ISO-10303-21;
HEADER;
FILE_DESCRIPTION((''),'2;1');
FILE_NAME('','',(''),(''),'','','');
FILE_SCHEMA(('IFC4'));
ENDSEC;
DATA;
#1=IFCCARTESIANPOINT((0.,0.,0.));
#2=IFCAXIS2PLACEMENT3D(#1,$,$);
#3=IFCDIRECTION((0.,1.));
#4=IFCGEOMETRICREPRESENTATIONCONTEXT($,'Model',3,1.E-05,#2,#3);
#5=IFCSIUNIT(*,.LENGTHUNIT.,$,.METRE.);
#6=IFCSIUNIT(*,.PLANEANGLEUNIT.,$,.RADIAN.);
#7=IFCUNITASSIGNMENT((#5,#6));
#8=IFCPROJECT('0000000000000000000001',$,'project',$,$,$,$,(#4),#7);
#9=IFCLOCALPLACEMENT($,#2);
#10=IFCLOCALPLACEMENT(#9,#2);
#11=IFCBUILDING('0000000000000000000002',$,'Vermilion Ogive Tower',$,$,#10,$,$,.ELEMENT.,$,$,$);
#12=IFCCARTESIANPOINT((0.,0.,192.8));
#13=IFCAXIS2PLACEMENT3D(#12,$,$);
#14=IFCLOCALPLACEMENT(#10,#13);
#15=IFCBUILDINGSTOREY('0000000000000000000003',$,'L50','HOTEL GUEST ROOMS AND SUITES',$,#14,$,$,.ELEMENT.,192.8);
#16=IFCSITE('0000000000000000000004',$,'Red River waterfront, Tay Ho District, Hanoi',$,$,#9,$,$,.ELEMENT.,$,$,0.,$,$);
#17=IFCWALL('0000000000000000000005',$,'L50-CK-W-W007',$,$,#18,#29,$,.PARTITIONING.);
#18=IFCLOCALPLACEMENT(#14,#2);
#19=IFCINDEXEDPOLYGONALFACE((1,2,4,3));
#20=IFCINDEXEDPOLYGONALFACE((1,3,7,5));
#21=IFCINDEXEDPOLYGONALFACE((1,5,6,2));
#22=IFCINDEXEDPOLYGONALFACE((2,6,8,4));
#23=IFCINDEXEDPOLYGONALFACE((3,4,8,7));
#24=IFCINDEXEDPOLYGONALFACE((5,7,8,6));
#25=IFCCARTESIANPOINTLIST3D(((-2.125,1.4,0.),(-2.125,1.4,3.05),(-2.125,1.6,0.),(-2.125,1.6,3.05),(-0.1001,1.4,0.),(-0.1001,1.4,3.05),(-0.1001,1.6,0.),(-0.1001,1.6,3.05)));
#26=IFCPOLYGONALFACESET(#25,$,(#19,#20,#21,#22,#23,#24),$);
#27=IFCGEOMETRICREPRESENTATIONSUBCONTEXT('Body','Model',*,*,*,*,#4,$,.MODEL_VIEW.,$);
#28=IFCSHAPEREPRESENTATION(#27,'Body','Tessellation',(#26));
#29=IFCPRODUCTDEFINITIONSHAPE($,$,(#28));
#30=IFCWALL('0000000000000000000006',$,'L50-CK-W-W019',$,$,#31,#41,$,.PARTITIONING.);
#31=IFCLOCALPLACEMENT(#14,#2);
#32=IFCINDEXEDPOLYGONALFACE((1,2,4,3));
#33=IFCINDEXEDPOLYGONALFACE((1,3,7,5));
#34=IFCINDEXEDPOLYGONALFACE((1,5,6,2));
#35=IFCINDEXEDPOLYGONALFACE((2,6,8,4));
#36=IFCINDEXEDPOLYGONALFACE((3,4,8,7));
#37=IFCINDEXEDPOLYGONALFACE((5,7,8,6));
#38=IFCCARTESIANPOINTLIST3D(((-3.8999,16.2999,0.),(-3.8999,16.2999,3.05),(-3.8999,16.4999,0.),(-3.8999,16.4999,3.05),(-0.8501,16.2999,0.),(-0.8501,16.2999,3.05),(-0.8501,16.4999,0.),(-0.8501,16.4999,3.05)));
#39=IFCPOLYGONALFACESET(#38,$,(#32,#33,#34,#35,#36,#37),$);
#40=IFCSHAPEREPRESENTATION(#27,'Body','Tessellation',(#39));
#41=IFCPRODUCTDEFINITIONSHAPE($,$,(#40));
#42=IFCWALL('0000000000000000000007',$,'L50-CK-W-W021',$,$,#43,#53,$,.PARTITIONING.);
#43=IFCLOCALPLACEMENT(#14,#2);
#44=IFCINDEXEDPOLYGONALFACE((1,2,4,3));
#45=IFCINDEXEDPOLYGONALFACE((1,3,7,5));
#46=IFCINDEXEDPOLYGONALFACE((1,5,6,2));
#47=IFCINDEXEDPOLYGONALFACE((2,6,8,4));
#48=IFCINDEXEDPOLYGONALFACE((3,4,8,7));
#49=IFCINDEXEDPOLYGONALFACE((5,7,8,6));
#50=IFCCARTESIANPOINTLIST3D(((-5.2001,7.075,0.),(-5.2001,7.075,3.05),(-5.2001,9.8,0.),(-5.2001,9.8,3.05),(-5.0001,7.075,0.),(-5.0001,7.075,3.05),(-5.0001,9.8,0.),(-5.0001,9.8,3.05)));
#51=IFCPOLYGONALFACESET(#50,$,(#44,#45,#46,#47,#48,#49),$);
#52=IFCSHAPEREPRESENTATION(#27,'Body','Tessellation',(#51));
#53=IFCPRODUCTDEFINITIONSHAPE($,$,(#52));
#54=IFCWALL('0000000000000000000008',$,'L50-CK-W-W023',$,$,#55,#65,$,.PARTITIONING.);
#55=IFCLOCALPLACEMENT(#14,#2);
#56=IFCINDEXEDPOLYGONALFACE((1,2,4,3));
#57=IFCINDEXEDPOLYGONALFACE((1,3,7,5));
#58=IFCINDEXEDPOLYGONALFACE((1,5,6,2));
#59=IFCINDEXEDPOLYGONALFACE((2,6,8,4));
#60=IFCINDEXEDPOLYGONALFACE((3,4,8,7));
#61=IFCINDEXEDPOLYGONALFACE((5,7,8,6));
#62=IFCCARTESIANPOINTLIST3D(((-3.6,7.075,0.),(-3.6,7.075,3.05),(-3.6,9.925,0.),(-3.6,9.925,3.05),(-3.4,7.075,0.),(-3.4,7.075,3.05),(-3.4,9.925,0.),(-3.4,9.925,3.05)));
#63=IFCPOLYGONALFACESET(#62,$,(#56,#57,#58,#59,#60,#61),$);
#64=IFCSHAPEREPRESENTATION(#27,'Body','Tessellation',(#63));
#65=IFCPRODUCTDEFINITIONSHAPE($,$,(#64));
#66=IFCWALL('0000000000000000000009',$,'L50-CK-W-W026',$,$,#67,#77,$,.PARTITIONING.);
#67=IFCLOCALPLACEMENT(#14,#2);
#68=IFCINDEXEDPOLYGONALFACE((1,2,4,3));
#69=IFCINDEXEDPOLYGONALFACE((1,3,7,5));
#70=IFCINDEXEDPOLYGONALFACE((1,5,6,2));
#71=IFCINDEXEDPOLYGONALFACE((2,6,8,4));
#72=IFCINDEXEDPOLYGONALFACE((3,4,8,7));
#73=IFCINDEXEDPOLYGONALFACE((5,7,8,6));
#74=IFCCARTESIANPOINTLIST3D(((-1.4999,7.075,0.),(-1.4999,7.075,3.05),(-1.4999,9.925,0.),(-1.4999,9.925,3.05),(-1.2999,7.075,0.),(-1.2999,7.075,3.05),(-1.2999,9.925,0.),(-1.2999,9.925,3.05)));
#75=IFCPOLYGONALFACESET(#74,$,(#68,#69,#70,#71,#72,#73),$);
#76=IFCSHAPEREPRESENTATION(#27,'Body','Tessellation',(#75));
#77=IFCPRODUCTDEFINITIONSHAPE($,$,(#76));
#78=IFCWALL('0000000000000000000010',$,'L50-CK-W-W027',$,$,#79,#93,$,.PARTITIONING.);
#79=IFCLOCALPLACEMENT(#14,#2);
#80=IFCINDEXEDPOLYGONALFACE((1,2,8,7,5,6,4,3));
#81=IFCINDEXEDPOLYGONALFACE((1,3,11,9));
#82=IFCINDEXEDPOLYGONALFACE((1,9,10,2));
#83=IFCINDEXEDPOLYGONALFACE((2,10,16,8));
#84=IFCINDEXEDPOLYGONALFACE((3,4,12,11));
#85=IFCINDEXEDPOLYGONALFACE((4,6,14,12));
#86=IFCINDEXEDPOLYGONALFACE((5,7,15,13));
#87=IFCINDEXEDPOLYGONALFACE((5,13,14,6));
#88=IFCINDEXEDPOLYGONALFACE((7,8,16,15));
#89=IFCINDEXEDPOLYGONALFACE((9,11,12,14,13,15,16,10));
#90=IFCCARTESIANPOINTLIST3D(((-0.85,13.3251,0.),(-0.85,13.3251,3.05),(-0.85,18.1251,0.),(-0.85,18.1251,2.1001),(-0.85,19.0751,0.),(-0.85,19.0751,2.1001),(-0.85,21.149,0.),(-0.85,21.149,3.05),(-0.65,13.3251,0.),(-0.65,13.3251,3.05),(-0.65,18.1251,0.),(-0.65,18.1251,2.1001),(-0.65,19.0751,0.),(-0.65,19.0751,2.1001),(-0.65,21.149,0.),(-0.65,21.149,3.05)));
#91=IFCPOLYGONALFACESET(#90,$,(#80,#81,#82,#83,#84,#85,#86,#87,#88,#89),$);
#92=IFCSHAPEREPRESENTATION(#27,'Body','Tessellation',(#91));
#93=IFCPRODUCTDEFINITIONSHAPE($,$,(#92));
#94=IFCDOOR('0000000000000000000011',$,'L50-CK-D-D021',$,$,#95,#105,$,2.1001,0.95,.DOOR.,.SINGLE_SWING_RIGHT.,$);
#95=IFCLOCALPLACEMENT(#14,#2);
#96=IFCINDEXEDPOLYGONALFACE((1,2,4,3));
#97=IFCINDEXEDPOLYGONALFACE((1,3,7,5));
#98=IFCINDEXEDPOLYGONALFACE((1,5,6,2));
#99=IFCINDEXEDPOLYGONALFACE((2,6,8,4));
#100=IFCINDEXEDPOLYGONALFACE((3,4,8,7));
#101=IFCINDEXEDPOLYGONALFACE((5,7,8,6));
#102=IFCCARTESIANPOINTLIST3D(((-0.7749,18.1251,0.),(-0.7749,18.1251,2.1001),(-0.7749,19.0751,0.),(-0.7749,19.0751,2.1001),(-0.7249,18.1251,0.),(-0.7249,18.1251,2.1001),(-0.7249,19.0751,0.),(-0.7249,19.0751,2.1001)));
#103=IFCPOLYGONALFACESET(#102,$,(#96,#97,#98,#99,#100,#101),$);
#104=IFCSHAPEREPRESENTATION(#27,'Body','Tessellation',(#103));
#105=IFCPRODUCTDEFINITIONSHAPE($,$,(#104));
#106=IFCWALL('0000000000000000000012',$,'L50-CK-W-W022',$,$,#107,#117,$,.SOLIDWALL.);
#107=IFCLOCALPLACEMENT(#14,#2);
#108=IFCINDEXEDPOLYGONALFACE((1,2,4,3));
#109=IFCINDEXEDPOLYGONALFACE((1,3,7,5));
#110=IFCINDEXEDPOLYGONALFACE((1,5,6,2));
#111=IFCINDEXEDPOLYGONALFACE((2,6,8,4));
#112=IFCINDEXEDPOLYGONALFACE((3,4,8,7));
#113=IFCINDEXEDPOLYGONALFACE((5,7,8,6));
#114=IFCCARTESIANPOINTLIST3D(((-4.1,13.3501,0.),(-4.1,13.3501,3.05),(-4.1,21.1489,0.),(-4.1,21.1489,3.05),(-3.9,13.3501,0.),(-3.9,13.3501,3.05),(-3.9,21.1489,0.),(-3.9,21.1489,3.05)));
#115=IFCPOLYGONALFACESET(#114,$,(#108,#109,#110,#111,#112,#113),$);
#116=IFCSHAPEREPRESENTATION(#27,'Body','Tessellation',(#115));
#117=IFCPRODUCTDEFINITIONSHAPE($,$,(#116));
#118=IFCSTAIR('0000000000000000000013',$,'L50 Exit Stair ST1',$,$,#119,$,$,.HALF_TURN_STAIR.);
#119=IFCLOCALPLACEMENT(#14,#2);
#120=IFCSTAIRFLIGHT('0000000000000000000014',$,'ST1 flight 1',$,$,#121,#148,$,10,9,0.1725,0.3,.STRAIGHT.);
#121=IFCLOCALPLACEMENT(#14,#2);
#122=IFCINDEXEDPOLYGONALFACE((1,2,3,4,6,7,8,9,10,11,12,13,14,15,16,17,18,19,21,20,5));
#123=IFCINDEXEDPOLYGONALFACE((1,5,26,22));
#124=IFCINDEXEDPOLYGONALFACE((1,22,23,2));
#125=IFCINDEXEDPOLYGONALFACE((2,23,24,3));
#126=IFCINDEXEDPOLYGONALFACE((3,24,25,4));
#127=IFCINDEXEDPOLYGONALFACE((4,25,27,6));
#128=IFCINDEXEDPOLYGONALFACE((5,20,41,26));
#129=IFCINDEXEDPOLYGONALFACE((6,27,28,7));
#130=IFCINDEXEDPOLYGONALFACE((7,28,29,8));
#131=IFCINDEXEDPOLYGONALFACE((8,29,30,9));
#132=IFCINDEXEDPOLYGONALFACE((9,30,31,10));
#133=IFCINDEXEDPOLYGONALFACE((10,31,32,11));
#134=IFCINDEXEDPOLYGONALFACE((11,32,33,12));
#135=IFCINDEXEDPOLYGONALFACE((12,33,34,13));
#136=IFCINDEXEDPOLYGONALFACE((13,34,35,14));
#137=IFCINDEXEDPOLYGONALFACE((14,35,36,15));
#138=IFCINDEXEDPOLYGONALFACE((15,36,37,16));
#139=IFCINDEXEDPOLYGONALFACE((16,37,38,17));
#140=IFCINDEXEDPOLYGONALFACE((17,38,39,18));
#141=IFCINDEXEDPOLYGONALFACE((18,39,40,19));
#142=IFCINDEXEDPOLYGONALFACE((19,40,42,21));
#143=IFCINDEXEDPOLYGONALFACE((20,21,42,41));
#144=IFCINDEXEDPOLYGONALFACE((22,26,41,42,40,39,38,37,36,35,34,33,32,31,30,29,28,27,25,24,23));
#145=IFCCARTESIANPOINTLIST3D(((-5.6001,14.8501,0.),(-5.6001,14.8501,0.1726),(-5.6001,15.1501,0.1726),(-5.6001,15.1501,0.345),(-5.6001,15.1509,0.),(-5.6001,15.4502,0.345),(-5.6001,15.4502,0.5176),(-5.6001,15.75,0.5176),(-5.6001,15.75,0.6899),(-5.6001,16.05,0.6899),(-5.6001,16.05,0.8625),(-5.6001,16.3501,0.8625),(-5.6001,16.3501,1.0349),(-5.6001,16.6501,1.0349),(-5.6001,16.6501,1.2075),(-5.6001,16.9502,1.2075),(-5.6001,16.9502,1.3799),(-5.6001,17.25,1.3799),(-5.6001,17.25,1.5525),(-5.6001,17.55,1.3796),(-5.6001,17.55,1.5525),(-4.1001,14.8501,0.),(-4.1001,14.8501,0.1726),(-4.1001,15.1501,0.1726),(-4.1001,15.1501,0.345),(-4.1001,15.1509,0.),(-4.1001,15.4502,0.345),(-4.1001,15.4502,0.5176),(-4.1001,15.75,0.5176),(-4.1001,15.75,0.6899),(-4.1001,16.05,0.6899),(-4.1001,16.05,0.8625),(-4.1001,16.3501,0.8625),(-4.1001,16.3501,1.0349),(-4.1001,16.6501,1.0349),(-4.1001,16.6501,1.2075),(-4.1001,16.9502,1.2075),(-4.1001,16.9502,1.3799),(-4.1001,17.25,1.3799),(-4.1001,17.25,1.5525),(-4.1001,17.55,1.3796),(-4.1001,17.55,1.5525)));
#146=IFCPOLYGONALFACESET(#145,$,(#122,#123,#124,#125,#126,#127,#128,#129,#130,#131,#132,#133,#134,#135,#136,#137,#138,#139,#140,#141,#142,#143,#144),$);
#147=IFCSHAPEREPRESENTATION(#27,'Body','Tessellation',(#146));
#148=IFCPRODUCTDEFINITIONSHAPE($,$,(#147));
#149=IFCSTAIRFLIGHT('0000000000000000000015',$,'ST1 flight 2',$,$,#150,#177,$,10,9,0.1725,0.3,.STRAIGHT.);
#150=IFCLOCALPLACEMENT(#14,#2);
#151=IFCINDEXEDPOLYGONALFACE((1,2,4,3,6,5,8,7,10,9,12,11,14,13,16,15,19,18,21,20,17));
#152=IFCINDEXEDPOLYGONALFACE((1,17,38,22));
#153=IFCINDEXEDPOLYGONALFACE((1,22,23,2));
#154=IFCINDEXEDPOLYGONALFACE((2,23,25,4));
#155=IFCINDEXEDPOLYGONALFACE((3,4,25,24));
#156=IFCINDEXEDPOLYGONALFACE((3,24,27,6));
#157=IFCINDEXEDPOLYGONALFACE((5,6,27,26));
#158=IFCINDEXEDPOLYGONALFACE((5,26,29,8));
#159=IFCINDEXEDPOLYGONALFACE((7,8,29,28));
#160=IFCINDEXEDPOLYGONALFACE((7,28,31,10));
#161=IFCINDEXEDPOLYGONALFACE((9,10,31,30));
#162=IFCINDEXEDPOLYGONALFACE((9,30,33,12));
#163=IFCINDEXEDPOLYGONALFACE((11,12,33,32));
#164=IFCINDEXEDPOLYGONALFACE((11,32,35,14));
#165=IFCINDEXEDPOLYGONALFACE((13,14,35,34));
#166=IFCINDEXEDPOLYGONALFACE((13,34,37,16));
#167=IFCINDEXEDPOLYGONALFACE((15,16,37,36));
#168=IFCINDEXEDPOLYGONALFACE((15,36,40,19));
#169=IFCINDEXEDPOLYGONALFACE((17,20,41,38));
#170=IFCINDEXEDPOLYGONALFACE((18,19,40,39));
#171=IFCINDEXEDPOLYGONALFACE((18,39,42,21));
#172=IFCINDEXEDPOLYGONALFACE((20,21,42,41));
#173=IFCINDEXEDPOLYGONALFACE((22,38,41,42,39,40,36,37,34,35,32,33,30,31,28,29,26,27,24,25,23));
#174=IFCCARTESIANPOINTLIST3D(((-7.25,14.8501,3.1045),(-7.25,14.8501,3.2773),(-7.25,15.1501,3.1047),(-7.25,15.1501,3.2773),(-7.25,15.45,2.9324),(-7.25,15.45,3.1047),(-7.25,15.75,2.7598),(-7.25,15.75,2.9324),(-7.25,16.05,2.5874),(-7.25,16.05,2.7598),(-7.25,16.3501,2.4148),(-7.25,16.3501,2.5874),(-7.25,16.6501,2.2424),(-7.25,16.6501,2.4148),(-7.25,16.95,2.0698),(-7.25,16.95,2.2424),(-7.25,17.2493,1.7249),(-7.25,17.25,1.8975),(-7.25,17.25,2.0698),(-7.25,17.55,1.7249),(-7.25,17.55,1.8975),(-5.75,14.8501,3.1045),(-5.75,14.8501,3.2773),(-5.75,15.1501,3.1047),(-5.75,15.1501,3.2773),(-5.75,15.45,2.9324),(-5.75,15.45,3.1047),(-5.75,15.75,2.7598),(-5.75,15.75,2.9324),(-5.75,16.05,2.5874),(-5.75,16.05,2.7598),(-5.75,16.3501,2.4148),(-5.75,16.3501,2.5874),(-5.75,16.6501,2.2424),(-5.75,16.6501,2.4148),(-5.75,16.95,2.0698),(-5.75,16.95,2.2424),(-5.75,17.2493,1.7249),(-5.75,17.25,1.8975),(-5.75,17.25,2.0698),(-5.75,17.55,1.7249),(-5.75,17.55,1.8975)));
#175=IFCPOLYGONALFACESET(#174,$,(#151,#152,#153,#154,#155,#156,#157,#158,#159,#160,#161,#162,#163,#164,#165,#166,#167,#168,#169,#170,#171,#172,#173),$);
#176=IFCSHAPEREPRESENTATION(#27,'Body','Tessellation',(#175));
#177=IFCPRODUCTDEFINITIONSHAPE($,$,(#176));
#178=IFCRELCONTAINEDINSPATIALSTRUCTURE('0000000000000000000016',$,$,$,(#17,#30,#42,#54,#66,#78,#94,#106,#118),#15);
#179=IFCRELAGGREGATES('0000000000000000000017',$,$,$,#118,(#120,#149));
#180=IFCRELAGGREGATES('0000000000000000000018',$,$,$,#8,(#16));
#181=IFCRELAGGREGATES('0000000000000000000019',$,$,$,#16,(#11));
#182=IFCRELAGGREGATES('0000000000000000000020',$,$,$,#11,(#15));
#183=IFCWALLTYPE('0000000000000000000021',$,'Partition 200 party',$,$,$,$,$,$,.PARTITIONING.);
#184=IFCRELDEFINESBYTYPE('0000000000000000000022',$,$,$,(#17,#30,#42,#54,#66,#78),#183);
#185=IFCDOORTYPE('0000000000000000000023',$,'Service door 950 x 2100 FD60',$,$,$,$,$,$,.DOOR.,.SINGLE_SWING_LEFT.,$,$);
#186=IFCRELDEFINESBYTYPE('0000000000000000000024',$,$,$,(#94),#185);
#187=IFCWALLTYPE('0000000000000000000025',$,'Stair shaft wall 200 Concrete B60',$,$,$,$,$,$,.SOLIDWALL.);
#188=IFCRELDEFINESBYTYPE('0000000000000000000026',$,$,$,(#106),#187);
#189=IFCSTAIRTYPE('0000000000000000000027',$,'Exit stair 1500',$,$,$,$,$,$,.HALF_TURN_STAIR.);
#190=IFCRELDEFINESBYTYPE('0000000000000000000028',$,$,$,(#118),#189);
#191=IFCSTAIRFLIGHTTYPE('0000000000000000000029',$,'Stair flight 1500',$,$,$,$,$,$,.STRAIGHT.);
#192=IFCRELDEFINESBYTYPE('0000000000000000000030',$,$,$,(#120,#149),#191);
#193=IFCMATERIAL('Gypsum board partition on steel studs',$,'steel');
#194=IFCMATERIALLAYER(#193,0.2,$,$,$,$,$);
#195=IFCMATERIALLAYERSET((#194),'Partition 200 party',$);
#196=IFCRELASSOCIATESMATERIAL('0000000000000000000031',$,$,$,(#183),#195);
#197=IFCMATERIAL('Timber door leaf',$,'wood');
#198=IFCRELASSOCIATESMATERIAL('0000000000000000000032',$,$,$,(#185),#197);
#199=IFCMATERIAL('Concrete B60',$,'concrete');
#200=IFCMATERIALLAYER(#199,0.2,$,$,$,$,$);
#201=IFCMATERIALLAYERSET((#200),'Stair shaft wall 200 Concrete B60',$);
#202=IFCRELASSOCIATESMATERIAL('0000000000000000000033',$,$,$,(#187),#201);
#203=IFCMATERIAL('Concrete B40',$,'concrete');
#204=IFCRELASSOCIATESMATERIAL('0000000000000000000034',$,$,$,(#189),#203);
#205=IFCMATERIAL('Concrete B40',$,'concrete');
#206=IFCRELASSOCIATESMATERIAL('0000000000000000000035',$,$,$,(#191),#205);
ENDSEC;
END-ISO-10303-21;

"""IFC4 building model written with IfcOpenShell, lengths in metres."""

from ifc_helpers import new_model, si_unit, direction, frame, frame_2d, origin, place, context, subcontext, project, spatial, polyline, rectangle, outline, extrude, material, layer, layer_set, type_object, element, fill, aggregate, save


model = new_model("IFC4")

# Units and contexts
model_context = context("Model", 3, precision=1e-05, world=origin(), true_north=direction((0.0, 1.0)))
body_context = subcontext(model_context, "Body", "Model", "MODEL_VIEW")
ifc_project = project(units=[si_unit("LENGTHUNIT", "METRE"), si_unit("PLANEANGLEUNIT", "RADIAN")], contexts=[model_context])

# Site, building, storey
site_placement = place(None, origin())
site = spatial("IfcSite", under=ifc_project, at=site_placement, Name="Red River waterfront, Tay Ho District, Hanoi", CompositionType="ELEMENT", RefElevation=0.0)
building_placement = place(site_placement, origin())
building = spatial("IfcBuilding", under=site, at=building_placement, Name="Vermilion Ogive Tower", CompositionType="ELEMENT")
storey_placement = place(building_placement, frame((0.0, 0.0, 192.8)))
storey = spatial("IfcBuildingStorey", under=building, at=storey_placement, Name="L50", Description="HOTEL GUEST ROOMS AND SUITES", CompositionType="ELEMENT", Elevation=192.8)

# Walls
ifc_material_1 = material(Name="Gypsum board partition on steel studs", Category="steel")
ifc_layer_1 = layer(ifc_material_1, 0.2)
ifc_layer_set_1 = layer_set([ifc_layer_1], Name="Partition 200 party")
wall_type_1 = type_object("IfcWallType", Name="Partition 200 party", PredefinedType="PARTITIONING", material=ifc_layer_set_1)
wall_1_placement = place(storey_placement, frame((-2.125, 1.5, 0.0), z_axis=(0.0, 0.0, 1.0), x_axis=(1.0, 0.0, 0.0)))
element("IfcWall", 1, at=wall_1_placement, inside=storey, type_object=wall_type_1, Name="L50-CK-W-W007", PredefinedType="PARTITIONING", context=body_context, shape_type="SweptSolid", body=[
    extrude(rectangle(XDim=2.0249, YDim=0.2, at=frame_2d((1.0125, 0.0))), origin(), (0.0, 0.0, 1.0), 3.05),
])
wall_2_placement = place(storey_placement, frame((-3.8999, 16.3999, 0.0), z_axis=(0.0, 0.0, 1.0), x_axis=(1.0, 0.0, 0.0)))
element("IfcWall", 2, at=wall_2_placement, inside=storey, type_object=wall_type_1, Name="L50-CK-W-W019", PredefinedType="PARTITIONING", context=body_context, shape_type="SweptSolid", body=[
    extrude(rectangle(XDim=3.0498, YDim=0.2, at=frame_2d((1.5249, 0.0))), origin(), (0.0, 0.0, 1.0), 3.05),
])
wall_3_placement = place(storey_placement, frame((-5.1001, 7.075, 0.0), z_axis=(0.0, 0.0, 1.0), x_axis=(0.0, 1.0, 0.0)))
element("IfcWall", 3, at=wall_3_placement, inside=storey, type_object=wall_type_1, Name="L50-CK-W-W021", PredefinedType="PARTITIONING", context=body_context, shape_type="SweptSolid", body=[
    extrude(rectangle(XDim=2.7251, YDim=0.2, at=frame_2d((1.3625, 0.0))), origin(), (0.0, 0.0, 1.0), 3.05),
])
for number, where, z_axis, x_axis, name in (
    (4, (-3.5, 7.075, 0.0), (0.0, 0.0, 1.0), (0.0, 1.0, 0.0), "L50-CK-W-W023"),
    (5, (-1.3999, 7.075, 0.0), (0.0, 0.0, 1.0), (0.0, 1.0, 0.0), "L50-CK-W-W026"),
):
    element("IfcWall", number, at=place(storey_placement, frame(where, z_axis=z_axis, x_axis=x_axis)), inside=storey, type_object=wall_type_1, Name=name, PredefinedType="PARTITIONING", context=body_context, shape_type="SweptSolid", body=[
        extrude(rectangle(XDim=2.8501, YDim=0.2, at=frame_2d((1.425, 0.0))), origin(), (0.0, 0.0, 1.0), 3.05),
    ])

# Wall, opening, door
wall_4_placement = place(storey_placement, frame((-0.75, 13.325, 0.0), z_axis=(0.0, 0.0, 1.0), x_axis=(0.0, 1.0, 0.0)))
wall_4 = element("IfcWall", 6, at=wall_4_placement, inside=storey, type_object=wall_type_1, Name="L50-CK-W-W027", PredefinedType="PARTITIONING", context=body_context, shape_type="SweptSolid", body=[
    extrude(rectangle(XDim=7.824, YDim=0.2, at=frame_2d((3.9121, 0.0))), origin(), (0.0, 0.0, 1.0), 3.05),
])
opening_1_placement = place(wall_4_placement, frame((4.8, 0.0, 0.0)))
opening_1 = element("IfcOpeningElement", 7, at=opening_1_placement, cuts=wall_4, PredefinedType="OPENING", context=body_context, shape_type="SweptSolid", body=[
    extrude(rectangle(XDim=0.95, YDim=2.1001, at=frame_2d((0.4751, 1.05))), frame((0.0, 0.1099, 0.0), z_axis=(0.0, -1.0, 0.0), x_axis=(1.0, 0.0, 0.0)), (0.0, 0.0, 1.0), 0.22),
])
ifc_material_2 = material(Name="Timber door leaf", Category="wood")
door_type_1 = type_object("IfcDoorType", Name="Service door 950 x 2100 FD60", OperationType="SINGLE_SWING_LEFT", PredefinedType="DOOR", material=ifc_material_2)
door_1_placement = place(opening_1_placement, origin())
door_1 = element("IfcDoor", 8, at=door_1_placement, inside=storey, type_object=door_type_1, Name="L50-CK-D-D021", OperationType="SINGLE_SWING_RIGHT", OverallHeight=2.1001, OverallWidth=0.95, PredefinedType="DOOR", context=body_context, shape_type="SweptSolid", body=[
    extrude(rectangle(XDim=0.95, YDim=2.1001, at=frame_2d((0.4751, 1.05))), frame((0.0, 0.0249, 0.0), z_axis=(0.0, -1.0, 0.0), x_axis=(1.0, 0.0, 0.0)), (0.0, 0.0, 1.0), 0.05),
])
fill(opening_1, door_1)

# Wall
ifc_material_3 = material(Name="Concrete B60", Category="concrete")
ifc_layer_2 = layer(ifc_material_3, 0.2)
ifc_layer_set_2 = layer_set([ifc_layer_2], Name="Stair shaft wall 200 Concrete B60")
wall_type_2 = type_object("IfcWallType", Name="Stair shaft wall 200 Concrete B60", PredefinedType="SOLIDWALL", material=ifc_layer_set_2)
wall_5_placement = place(storey_placement, frame((-4.0, 13.3501, 0.0), z_axis=(0.0, 0.0, 1.0), x_axis=(0.0, 1.0, 0.0)))
element("IfcWall", 9, at=wall_5_placement, inside=storey, type_object=wall_type_2, Name="L50-CK-W-W022", PredefinedType="SOLIDWALL", context=body_context, shape_type="SweptSolid", body=[
    extrude(rectangle(XDim=7.7988, YDim=0.2, at=frame_2d((3.8994, 0.0))), origin(), (0.0, 0.0, 1.0), 3.05),
])

# Stair, stair flights
ifc_material_4 = material(Name="Concrete B40", Category="concrete")
stair_type = type_object("IfcStairType", Name="Exit stair 1500", PredefinedType="HALF_TURN_STAIR", material=ifc_material_4)
stair_placement = place(storey_placement, origin())
stair = element("IfcStair", 10, at=stair_placement, inside=storey, type_object=stair_type, Name="L50 Exit Stair ST1", PredefinedType="HALF_TURN_STAIR")
ifc_material_5 = material(Name="Concrete B40", Category="concrete")
stair_flight_type = type_object("IfcStairFlightType", Name="Stair flight 1500", PredefinedType="STRAIGHT", material=ifc_material_5)
stair_flight_1_placement = place(storey_placement, frame((-4.8501, 14.8501, 0.0), z_axis=(0.0, 0.0, 1.0), x_axis=(0.0, 1.0, 0.0)))
stair_flight_1 = element("IfcStairFlight", 11, at=stair_flight_1_placement, type_object=stair_flight_type, Name="ST1 flight 1", NumberOfRisers=10, NumberOfTreads=9, PredefinedType="STRAIGHT", RiserHeight=0.1725, TreadLength=0.3, context=body_context, shape_type="SweptSolid", body=[
    extrude(outline(polyline([(0.0, 0.0), (0.0, 0.1726), (0.3, 0.1726), (0.3, 0.345), (0.6001, 0.345), (0.6001, 0.5176), (0.8999, 0.5176), (0.8999, 0.6899), (1.2, 0.6899), (1.2, 0.8625), (1.5, 0.8625), (1.5, 1.0349), (1.8, 1.0349), (1.8, 1.2075), (2.1001, 1.2075), (2.1001, 1.3799), (2.3999, 1.3799), (2.3999, 1.5525), (2.7, 1.5525), (2.7, 1.7251), (2.7, 1.3796), (0.3008, 0.0), (0.0, 0.0)])), frame((0.0, 0.75, 0.0), z_axis=(0.0, -1.0, 0.0), x_axis=(1.0, 0.0, 0.0)), (0.0, 0.0, 1.0), 1.5),
])
stair_flight_2_placement = place(storey_placement, frame((-6.5, 17.55, 1.7249), z_axis=(0.0, 0.0, 1.0), x_axis=(0.0, -1.0, 0.0)))
stair_flight_2 = element("IfcStairFlight", 12, at=stair_flight_2_placement, type_object=stair_flight_type, Name="ST1 flight 2", NumberOfRisers=10, NumberOfTreads=9, PredefinedType="STRAIGHT", RiserHeight=0.1725, TreadLength=0.3, context=body_context, shape_type="SweptSolid", body=[
    extrude(outline(polyline([(0.0, 0.0), (0.0, 0.1726), (0.3, 0.1726), (0.3, 0.345), (0.6001, 0.345), (0.6001, 0.5176), (0.8999, 0.5176), (0.8999, 0.6899), (1.2, 0.6899), (1.2, 0.8625), (1.5, 0.8625), (1.5, 1.0349), (1.8, 1.0349), (1.8, 1.2075), (2.1001, 1.2075), (2.1001, 1.3799), (2.3999, 1.3799), (2.3999, 1.5525), (2.7, 1.5525), (2.7, 1.7251), (2.7, 1.3796), (0.3008, 0.0), (0.0, 0.0)])), frame((0.0, 0.75, 0.0), z_axis=(0.0, -1.0, 0.0), x_axis=(1.0, 0.0, 0.0)), (0.0, 0.0, 1.0), 1.5),
])
aggregate(stair, [stair_flight_1, stair_flight_2])

save(model, "model.ifc")
